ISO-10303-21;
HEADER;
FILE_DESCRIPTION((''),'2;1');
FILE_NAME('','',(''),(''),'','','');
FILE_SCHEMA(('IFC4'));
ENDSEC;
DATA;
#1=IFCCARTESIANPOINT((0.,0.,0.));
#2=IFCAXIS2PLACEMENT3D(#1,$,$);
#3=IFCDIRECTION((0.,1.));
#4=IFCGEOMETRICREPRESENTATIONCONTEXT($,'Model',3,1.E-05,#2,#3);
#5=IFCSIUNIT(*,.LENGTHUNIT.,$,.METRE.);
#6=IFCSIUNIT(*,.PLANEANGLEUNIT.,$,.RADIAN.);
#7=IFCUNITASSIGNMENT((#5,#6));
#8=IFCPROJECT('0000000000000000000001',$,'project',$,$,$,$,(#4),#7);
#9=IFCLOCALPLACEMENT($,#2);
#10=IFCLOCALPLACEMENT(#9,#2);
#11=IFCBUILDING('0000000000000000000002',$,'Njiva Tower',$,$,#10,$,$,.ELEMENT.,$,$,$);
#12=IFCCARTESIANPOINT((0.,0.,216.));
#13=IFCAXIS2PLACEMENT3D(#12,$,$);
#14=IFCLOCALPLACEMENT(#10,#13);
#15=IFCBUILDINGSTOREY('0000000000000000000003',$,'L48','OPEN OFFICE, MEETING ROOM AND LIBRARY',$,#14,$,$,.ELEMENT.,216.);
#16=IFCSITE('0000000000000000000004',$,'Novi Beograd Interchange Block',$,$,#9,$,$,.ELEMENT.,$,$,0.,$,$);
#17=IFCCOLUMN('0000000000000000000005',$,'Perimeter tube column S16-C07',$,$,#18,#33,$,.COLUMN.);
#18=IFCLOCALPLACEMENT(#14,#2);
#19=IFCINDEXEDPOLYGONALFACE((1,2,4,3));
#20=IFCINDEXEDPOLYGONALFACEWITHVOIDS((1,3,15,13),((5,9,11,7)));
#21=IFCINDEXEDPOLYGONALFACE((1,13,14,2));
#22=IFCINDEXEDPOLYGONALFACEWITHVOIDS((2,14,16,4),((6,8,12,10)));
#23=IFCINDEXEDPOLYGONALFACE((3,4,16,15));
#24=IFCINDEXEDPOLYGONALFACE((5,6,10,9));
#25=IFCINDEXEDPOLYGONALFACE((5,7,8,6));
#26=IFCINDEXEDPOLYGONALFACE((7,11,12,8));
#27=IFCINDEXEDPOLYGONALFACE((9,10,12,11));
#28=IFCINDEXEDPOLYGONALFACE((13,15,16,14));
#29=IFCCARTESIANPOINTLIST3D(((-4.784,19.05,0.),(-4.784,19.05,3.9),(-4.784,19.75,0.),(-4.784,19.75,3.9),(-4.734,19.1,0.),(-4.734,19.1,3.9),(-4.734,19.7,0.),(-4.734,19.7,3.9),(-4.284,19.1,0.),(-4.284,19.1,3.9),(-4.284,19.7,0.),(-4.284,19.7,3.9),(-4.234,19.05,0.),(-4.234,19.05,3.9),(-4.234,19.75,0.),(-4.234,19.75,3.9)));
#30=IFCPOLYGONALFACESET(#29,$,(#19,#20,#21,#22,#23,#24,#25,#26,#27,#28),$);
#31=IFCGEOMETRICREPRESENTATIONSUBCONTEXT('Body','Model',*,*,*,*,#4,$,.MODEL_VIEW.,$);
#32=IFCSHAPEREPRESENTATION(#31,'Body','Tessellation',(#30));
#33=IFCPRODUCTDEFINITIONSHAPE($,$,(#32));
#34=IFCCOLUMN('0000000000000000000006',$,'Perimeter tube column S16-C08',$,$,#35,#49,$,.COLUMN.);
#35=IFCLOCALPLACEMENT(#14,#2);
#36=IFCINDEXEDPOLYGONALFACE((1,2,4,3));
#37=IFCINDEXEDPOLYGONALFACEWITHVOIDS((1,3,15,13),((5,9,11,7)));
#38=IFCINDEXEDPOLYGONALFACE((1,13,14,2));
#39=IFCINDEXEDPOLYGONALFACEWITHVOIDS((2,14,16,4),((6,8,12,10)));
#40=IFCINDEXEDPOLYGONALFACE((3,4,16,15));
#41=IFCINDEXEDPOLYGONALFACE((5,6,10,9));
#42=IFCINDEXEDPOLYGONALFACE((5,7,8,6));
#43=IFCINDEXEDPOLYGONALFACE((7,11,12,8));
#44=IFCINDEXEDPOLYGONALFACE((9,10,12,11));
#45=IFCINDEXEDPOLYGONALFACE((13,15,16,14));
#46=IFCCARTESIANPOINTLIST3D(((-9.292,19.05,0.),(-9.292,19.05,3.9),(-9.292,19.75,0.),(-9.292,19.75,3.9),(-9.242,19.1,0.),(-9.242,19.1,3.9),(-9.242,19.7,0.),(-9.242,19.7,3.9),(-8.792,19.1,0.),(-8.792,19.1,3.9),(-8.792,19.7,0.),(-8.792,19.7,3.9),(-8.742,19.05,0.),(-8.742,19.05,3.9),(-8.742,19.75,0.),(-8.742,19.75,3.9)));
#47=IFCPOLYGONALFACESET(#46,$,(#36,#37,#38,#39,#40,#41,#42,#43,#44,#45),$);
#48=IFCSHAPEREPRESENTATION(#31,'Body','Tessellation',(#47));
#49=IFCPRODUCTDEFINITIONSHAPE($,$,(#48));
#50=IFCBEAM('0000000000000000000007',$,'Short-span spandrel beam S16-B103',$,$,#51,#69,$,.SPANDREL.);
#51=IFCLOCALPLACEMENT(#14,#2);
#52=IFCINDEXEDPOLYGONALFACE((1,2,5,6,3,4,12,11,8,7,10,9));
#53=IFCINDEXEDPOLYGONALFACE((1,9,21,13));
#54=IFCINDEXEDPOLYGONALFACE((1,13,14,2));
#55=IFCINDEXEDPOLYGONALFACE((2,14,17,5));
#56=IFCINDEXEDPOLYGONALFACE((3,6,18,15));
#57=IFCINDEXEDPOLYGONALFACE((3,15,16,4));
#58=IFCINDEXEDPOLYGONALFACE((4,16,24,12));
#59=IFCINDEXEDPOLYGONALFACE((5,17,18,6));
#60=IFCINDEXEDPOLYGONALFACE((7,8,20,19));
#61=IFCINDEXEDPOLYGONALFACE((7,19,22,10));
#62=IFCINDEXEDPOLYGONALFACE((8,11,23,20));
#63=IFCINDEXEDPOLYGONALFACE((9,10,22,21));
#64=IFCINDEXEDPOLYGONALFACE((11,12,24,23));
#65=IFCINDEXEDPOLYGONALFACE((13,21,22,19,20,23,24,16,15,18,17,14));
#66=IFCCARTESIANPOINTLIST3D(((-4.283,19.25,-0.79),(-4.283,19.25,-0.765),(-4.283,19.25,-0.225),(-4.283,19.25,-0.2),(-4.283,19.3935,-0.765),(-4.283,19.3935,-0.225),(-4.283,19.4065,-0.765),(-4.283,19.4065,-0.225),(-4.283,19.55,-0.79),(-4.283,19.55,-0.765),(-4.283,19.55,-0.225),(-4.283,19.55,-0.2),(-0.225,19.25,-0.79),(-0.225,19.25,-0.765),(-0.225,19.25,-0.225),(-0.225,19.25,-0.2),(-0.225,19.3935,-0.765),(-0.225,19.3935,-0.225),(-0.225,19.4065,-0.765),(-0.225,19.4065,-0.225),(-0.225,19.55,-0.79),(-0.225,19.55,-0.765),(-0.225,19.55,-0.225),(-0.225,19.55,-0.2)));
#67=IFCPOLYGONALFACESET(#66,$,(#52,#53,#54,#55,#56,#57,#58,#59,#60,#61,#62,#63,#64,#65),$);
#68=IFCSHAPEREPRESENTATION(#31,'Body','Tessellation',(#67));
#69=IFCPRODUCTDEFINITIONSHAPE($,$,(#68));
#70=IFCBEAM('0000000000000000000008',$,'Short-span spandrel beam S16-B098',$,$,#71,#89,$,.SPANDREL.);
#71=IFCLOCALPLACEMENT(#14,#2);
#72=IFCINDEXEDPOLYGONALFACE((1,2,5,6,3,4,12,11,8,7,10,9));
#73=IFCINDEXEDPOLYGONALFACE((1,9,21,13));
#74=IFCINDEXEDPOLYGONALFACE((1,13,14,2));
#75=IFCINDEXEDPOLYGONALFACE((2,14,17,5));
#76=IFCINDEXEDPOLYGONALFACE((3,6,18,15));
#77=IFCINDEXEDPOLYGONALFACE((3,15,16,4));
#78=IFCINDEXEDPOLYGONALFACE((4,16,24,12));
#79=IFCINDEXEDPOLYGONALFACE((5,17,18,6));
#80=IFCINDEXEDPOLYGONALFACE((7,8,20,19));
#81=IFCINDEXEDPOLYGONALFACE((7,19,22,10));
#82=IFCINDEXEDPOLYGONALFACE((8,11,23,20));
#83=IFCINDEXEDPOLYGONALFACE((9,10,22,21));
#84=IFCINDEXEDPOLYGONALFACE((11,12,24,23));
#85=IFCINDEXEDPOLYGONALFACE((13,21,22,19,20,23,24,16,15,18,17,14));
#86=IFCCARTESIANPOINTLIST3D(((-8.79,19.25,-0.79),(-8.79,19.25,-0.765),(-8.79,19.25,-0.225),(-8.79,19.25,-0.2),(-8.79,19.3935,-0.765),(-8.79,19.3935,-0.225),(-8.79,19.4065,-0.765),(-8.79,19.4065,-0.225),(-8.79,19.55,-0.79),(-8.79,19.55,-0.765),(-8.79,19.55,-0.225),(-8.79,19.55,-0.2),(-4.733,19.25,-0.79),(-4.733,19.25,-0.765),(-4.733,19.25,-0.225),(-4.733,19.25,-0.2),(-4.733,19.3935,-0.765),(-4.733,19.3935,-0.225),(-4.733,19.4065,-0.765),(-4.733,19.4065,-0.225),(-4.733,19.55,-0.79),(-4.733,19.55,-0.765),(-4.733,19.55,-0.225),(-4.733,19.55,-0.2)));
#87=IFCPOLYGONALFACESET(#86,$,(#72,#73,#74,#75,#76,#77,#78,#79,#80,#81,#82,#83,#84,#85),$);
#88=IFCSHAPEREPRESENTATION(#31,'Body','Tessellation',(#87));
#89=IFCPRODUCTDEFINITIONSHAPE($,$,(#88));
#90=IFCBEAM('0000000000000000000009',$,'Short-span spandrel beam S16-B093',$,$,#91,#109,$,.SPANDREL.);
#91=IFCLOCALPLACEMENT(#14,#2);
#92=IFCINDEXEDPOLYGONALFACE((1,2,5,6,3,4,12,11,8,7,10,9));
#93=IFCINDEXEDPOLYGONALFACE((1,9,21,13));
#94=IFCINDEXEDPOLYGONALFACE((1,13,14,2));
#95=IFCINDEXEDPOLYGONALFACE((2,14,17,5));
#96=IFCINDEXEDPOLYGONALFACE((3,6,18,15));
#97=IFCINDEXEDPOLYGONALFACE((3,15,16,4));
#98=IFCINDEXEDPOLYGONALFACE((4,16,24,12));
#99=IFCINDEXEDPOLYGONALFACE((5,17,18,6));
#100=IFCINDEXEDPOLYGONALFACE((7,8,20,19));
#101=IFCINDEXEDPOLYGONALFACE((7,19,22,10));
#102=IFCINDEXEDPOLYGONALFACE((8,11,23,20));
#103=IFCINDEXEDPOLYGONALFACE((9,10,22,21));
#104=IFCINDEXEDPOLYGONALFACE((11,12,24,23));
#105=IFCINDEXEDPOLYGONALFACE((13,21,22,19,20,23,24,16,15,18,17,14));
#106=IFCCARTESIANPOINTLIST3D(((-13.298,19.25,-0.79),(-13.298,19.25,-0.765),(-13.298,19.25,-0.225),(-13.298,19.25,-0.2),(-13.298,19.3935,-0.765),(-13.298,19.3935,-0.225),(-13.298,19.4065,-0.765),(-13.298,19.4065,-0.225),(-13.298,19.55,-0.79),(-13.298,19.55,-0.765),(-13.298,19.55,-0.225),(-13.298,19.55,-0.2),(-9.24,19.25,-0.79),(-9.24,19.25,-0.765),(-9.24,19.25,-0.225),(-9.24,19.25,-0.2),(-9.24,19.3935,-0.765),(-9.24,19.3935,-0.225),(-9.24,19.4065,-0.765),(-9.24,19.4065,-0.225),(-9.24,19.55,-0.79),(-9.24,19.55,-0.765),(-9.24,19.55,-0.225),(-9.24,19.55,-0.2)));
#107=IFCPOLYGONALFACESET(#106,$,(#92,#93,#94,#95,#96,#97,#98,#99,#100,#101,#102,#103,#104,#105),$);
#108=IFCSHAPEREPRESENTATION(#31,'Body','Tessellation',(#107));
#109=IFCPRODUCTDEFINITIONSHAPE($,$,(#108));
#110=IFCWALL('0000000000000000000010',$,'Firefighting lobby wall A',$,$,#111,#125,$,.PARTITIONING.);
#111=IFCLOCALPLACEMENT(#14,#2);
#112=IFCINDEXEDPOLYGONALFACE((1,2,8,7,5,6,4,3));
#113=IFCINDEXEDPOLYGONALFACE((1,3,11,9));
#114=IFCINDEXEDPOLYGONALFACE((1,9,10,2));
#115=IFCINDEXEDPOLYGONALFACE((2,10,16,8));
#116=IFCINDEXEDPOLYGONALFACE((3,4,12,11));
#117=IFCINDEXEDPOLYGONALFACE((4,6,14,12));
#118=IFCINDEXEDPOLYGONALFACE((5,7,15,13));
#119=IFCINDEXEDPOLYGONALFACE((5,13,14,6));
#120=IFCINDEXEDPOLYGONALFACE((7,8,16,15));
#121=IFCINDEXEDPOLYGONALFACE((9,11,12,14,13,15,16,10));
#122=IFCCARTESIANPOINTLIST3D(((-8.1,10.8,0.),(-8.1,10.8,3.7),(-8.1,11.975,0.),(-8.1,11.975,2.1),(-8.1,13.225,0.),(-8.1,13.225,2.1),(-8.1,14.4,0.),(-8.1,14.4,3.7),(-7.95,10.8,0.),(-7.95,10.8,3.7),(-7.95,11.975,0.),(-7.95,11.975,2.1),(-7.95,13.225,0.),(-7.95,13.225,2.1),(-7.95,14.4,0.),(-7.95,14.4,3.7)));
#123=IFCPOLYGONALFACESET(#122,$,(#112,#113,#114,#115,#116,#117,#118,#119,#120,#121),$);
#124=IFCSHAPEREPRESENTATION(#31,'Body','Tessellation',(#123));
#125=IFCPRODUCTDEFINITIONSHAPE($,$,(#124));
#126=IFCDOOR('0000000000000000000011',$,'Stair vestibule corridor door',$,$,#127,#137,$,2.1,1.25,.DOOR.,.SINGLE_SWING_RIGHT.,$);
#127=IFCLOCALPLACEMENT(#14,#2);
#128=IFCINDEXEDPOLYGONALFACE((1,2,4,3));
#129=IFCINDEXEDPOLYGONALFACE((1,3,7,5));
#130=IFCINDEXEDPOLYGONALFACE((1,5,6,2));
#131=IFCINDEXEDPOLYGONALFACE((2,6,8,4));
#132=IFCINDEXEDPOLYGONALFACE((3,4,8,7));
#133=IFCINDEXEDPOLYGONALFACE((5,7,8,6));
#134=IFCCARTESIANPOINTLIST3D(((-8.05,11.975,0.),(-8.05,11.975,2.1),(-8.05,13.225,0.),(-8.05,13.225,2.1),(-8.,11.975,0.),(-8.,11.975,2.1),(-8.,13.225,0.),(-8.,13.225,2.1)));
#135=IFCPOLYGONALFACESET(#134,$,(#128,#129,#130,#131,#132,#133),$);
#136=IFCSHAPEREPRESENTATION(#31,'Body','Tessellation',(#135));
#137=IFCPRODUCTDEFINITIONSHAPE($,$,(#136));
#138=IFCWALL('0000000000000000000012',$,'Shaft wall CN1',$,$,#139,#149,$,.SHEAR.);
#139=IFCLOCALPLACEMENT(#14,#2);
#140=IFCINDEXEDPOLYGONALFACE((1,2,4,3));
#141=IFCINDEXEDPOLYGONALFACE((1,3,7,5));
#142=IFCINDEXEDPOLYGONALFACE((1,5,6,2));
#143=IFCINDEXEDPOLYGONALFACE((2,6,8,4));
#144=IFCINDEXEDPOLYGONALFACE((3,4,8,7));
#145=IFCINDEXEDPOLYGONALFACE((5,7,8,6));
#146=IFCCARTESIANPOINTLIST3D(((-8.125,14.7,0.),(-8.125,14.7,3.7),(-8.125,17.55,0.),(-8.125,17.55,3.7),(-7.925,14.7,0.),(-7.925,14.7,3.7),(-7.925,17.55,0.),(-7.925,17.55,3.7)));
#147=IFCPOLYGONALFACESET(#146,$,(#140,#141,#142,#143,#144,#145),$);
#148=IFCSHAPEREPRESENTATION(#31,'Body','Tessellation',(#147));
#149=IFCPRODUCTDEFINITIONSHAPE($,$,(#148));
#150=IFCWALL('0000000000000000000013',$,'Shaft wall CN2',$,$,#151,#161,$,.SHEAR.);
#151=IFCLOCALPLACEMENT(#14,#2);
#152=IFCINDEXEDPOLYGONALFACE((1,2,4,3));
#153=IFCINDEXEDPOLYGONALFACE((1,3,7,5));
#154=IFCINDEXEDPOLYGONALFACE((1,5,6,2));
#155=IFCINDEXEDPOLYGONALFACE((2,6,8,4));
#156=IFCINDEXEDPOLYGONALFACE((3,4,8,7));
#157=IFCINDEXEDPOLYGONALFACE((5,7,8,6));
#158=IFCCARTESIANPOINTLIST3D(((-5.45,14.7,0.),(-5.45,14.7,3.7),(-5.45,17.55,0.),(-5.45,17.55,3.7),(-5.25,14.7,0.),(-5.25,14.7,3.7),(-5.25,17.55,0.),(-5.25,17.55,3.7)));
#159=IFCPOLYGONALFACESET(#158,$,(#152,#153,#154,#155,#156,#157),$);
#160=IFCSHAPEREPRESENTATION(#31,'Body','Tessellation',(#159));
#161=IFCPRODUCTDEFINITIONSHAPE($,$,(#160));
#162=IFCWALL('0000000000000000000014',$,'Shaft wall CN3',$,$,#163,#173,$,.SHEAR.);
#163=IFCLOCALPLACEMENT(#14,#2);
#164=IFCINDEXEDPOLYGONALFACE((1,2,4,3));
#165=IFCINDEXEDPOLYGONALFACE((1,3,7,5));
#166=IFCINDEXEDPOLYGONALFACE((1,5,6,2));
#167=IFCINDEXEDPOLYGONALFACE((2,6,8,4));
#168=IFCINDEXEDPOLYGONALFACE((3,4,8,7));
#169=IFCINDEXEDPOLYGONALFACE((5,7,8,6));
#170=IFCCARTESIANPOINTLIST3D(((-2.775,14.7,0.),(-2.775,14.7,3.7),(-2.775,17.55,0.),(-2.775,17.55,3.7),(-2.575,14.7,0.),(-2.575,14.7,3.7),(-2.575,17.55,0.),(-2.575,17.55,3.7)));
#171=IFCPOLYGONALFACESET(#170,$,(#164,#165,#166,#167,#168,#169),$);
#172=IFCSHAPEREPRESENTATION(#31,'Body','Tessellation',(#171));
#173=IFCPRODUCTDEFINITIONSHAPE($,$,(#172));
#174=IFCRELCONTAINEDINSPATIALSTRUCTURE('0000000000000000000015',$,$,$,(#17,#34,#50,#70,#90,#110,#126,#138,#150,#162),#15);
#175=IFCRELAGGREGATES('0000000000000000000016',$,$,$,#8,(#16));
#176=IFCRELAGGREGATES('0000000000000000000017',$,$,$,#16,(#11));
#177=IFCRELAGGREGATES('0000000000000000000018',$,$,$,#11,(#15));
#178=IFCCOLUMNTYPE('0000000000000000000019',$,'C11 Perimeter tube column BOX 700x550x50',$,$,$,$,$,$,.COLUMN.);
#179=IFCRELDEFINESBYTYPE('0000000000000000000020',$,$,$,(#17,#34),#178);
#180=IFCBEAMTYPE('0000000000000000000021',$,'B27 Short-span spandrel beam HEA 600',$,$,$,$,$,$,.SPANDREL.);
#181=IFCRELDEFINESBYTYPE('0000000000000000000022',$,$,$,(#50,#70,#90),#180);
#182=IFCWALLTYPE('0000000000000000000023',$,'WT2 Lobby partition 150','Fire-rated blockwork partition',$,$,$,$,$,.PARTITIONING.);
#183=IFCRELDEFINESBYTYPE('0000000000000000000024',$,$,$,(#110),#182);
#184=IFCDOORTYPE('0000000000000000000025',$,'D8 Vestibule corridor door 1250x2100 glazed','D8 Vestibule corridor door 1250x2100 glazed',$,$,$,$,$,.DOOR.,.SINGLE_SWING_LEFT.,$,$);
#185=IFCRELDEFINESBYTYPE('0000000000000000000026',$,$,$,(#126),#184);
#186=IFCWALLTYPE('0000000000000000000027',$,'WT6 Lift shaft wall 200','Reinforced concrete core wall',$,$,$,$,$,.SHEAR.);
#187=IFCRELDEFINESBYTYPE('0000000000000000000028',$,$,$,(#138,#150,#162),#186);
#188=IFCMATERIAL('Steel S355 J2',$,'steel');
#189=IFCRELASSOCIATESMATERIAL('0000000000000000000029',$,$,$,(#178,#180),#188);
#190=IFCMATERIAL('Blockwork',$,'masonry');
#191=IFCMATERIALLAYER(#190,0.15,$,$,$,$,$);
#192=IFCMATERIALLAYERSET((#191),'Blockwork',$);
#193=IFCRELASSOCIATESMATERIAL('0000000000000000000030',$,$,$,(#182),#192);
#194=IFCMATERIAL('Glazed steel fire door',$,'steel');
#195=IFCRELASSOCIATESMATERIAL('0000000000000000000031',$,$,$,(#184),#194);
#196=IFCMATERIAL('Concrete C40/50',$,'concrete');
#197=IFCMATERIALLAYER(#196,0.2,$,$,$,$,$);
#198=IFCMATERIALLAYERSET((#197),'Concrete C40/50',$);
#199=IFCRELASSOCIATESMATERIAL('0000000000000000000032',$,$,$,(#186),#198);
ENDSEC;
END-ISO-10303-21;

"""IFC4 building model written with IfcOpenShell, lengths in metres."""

from ifc_helpers import new_model, si_unit, direction, frame, frame_2d, origin, origin_2d, place, context, subcontext, project, spatial, rectangle, hollow_rectangle, i_section, extrude, material, layer, layer_set, material_profile, profile_set, type_object, element, fill, save


model = new_model("IFC4")

# Units and contexts
model_context = context("Model", 3, precision=1e-05, world=origin(), true_north=direction((0.0, 1.0)))
body_context = subcontext(model_context, "Body", "Model", "MODEL_VIEW")
ifc_project = project(units=[si_unit("LENGTHUNIT", "METRE"), si_unit("PLANEANGLEUNIT", "RADIAN")], contexts=[model_context])

# Site, building, storey
site_placement = place(None, origin())
site = spatial("IfcSite", under=ifc_project, at=site_placement, Name="Novi Beograd Interchange Block", CompositionType="ELEMENT", RefElevation=0.0)
building_placement = place(site_placement, origin())
building = spatial("IfcBuilding", under=site, at=building_placement, Name="Njiva Tower", CompositionType="ELEMENT")
storey_placement = place(building_placement, frame((0.0, 0.0, 216.0)))
storey = spatial("IfcBuildingStorey", under=building, at=storey_placement, Name="L48", Description="OPEN OFFICE, MEETING ROOM AND LIBRARY", CompositionType="ELEMENT", Elevation=216.0)

# Columns
ifc_material_1 = material(Name="Steel S355 J2", Category="steel")
ifc_material_profile_1 = material_profile(ifc_material_1, hollow_rectangle(XDim=0.55, YDim=0.7, WallThickness=0.05, at=origin_2d()), Name="BOX 700x550x50")
ifc_profile_set_1 = profile_set([ifc_material_profile_1], Name="Steel S355 J2")
column_type = type_object("IfcColumnType", Name="C11 Perimeter tube column BOX 700x550x50", PredefinedType="COLUMN", material=ifc_profile_set_1)
for number, where, z_axis, x_axis, name in (
    (1, (-4.509, 19.4, 0.0), (0.0, 0.0, 1.0), (-1.0, 0.0, 0.0), "Perimeter tube column S16-C07"),
    (2, (-9.017, 19.4, 0.0), (0.0, 0.0, 1.0), (-1.0, 0.0, 0.0), "Perimeter tube column S16-C08"),
):
    element("IfcColumn", number, at=place(storey_placement, frame(where, z_axis=z_axis, x_axis=x_axis)), inside=storey, type_object=column_type, Name=name, PredefinedType="COLUMN", context=body_context, shape_type="SweptSolid", body=[
        extrude(hollow_rectangle(XDim=0.55, YDim=0.7, WallThickness=0.05, at=origin_2d()), origin(), (0.0, 0.0, 1.0), 3.9),
    ])

# Beams
ifc_material_profile_2 = material_profile(ifc_material_1, i_section(OverallWidth=0.3, OverallDepth=0.59, WebThickness=0.013, FlangeThickness=0.025, at=origin_2d()), Name="HEA 600")
ifc_profile_set_2 = profile_set([ifc_material_profile_2], Name="Steel S355 J2")
beam_type = type_object("IfcBeamType", Name="B27 Short-span spandrel beam HEA 600", PredefinedType="SPANDREL", material=ifc_profile_set_2)
beam_1_placement = place(storey_placement, frame((-0.225, 19.4, -0.495), z_axis=(-1.0, 0.0, 0.0), x_axis=(0.0, -1.0, 0.0)))
element("IfcBeam", 3, at=beam_1_placement, inside=storey, type_object=beam_type, Name="Short-span spandrel beam S16-B103", PredefinedType="SPANDREL", context=body_context, shape_type="SweptSolid", body=[
    extrude(i_section(OverallWidth=0.3, OverallDepth=0.59, WebThickness=0.013, FlangeThickness=0.025, at=origin_2d()), origin(), (0.0, 0.0, 1.0), 4.058),
])
beam_2_placement = place(storey_placement, frame((-4.733, 19.4, -0.495), z_axis=(-1.0, 0.0, 0.0), x_axis=(0.0, -1.0, 0.0)))
element("IfcBeam", 4, at=beam_2_placement, inside=storey, type_object=beam_type, Name="Short-span spandrel beam S16-B098", PredefinedType="SPANDREL", context=body_context, shape_type="SweptSolid", body=[
    extrude(i_section(OverallWidth=0.3, OverallDepth=0.59, WebThickness=0.013, FlangeThickness=0.025, at=origin_2d()), origin(), (0.0, 0.0, 1.0), 4.057),
])
beam_3_placement = place(storey_placement, frame((-9.24, 19.4, -0.495), z_axis=(-1.0, 0.0, 0.0), x_axis=(0.0, -1.0, 0.0)))
element("IfcBeam", 5, at=beam_3_placement, inside=storey, type_object=beam_type, Name="Short-span spandrel beam S16-B093", PredefinedType="SPANDREL", context=body_context, shape_type="SweptSolid", body=[
    extrude(i_section(OverallWidth=0.3, OverallDepth=0.59, WebThickness=0.013, FlangeThickness=0.025, at=origin_2d()), origin(), (0.0, 0.0, 1.0), 4.058),
])

# Wall, opening, door
ifc_material_2 = material(Name="Blockwork", Category="masonry")
ifc_layer_1 = layer(ifc_material_2, 0.15)
ifc_layer_set_1 = layer_set([ifc_layer_1], Name="Blockwork")
wall_type_1 = type_object("IfcWallType", Name="WT2 Lobby partition 150", Description="Fire-rated blockwork partition", PredefinedType="PARTITIONING", material=ifc_layer_set_1)
wall_placement = place(storey_placement, frame((-8.025, 10.8, 0.0), z_axis=(0.0, 0.0, 1.0), x_axis=(0.0, 1.0, 0.0)))
wall = element("IfcWall", 6, at=wall_placement, inside=storey, type_object=wall_type_1, Name="Firefighting lobby wall A", PredefinedType="PARTITIONING", context=body_context, shape_type="SweptSolid", body=[
    extrude(rectangle(XDim=3.6, YDim=0.15, at=frame_2d((1.8, 0.0))), origin(), (0.0, 0.0, 1.0), 3.7),
])
opening_placement = place(wall_placement, frame((1.175, 0.0, 0.0)))
opening = element("IfcOpeningElement", 7, at=opening_placement, cuts=wall, PredefinedType="OPENING", context=body_context, shape_type="SweptSolid", body=[
    extrude(rectangle(XDim=1.25, YDim=2.1, at=frame_2d((0.625, 1.05))), frame((0.0, 0.085, 0.0), z_axis=(0.0, -1.0, 0.0), x_axis=(1.0, 0.0, 0.0)), (0.0, 0.0, 1.0), 0.17),
])
ifc_material_3 = material(Name="Glazed steel fire door", Category="steel")
door_type = type_object("IfcDoorType", Name="D8 Vestibule corridor door 1250x2100 glazed", Description="D8 Vestibule corridor door 1250x2100 glazed", OperationType="SINGLE_SWING_LEFT", PredefinedType="DOOR", material=ifc_material_3)
door_placement = place(opening_placement, origin())
door = element("IfcDoor", 8, at=door_placement, inside=storey, type_object=door_type, Name="Stair vestibule corridor door", OperationType="SINGLE_SWING_RIGHT", OverallHeight=2.1, OverallWidth=1.25, PredefinedType="DOOR", context=body_context, shape_type="SweptSolid", body=[
    extrude(rectangle(XDim=1.25, YDim=2.1, at=frame_2d((0.625, 1.05))), frame((0.0, 0.025, 0.0), z_axis=(0.0, -1.0, 0.0), x_axis=(1.0, 0.0, 0.0)), (0.0, 0.0, 1.0), 0.05),
])
fill(opening, door)

# Walls
ifc_material_4 = material(Name="Concrete C40/50", Category="concrete")
ifc_layer_2 = layer(ifc_material_4, 0.2)
ifc_layer_set_2 = layer_set([ifc_layer_2], Name="Concrete C40/50")
wall_type_2 = type_object("IfcWallType", Name="WT6 Lift shaft wall 200", Description="Reinforced concrete core wall", PredefinedType="SHEAR", material=ifc_layer_set_2)
for number, where, z_axis, x_axis, name in (
    (9, (-8.025, 14.7, 0.0), (0.0, 0.0, 1.0), (0.0, 1.0, 0.0), "Shaft wall CN1"),
    (10, (-5.35, 14.7, 0.0), (0.0, 0.0, 1.0), (0.0, 1.0, 0.0), "Shaft wall CN2"),
    (11, (-2.675, 14.7, 0.0), (0.0, 0.0, 1.0), (0.0, 1.0, 0.0), "Shaft wall CN3"),
):
    element("IfcWall", number, at=place(storey_placement, frame(where, z_axis=z_axis, x_axis=x_axis)), inside=storey, type_object=wall_type_2, Name=name, PredefinedType="SHEAR", context=body_context, shape_type="SweptSolid", body=[
        extrude(rectangle(XDim=2.85, YDim=0.2, at=frame_2d((1.425, 0.0))), origin(), (0.0, 0.0, 1.0), 3.7),
    ])

save(model, "model.ifc")
